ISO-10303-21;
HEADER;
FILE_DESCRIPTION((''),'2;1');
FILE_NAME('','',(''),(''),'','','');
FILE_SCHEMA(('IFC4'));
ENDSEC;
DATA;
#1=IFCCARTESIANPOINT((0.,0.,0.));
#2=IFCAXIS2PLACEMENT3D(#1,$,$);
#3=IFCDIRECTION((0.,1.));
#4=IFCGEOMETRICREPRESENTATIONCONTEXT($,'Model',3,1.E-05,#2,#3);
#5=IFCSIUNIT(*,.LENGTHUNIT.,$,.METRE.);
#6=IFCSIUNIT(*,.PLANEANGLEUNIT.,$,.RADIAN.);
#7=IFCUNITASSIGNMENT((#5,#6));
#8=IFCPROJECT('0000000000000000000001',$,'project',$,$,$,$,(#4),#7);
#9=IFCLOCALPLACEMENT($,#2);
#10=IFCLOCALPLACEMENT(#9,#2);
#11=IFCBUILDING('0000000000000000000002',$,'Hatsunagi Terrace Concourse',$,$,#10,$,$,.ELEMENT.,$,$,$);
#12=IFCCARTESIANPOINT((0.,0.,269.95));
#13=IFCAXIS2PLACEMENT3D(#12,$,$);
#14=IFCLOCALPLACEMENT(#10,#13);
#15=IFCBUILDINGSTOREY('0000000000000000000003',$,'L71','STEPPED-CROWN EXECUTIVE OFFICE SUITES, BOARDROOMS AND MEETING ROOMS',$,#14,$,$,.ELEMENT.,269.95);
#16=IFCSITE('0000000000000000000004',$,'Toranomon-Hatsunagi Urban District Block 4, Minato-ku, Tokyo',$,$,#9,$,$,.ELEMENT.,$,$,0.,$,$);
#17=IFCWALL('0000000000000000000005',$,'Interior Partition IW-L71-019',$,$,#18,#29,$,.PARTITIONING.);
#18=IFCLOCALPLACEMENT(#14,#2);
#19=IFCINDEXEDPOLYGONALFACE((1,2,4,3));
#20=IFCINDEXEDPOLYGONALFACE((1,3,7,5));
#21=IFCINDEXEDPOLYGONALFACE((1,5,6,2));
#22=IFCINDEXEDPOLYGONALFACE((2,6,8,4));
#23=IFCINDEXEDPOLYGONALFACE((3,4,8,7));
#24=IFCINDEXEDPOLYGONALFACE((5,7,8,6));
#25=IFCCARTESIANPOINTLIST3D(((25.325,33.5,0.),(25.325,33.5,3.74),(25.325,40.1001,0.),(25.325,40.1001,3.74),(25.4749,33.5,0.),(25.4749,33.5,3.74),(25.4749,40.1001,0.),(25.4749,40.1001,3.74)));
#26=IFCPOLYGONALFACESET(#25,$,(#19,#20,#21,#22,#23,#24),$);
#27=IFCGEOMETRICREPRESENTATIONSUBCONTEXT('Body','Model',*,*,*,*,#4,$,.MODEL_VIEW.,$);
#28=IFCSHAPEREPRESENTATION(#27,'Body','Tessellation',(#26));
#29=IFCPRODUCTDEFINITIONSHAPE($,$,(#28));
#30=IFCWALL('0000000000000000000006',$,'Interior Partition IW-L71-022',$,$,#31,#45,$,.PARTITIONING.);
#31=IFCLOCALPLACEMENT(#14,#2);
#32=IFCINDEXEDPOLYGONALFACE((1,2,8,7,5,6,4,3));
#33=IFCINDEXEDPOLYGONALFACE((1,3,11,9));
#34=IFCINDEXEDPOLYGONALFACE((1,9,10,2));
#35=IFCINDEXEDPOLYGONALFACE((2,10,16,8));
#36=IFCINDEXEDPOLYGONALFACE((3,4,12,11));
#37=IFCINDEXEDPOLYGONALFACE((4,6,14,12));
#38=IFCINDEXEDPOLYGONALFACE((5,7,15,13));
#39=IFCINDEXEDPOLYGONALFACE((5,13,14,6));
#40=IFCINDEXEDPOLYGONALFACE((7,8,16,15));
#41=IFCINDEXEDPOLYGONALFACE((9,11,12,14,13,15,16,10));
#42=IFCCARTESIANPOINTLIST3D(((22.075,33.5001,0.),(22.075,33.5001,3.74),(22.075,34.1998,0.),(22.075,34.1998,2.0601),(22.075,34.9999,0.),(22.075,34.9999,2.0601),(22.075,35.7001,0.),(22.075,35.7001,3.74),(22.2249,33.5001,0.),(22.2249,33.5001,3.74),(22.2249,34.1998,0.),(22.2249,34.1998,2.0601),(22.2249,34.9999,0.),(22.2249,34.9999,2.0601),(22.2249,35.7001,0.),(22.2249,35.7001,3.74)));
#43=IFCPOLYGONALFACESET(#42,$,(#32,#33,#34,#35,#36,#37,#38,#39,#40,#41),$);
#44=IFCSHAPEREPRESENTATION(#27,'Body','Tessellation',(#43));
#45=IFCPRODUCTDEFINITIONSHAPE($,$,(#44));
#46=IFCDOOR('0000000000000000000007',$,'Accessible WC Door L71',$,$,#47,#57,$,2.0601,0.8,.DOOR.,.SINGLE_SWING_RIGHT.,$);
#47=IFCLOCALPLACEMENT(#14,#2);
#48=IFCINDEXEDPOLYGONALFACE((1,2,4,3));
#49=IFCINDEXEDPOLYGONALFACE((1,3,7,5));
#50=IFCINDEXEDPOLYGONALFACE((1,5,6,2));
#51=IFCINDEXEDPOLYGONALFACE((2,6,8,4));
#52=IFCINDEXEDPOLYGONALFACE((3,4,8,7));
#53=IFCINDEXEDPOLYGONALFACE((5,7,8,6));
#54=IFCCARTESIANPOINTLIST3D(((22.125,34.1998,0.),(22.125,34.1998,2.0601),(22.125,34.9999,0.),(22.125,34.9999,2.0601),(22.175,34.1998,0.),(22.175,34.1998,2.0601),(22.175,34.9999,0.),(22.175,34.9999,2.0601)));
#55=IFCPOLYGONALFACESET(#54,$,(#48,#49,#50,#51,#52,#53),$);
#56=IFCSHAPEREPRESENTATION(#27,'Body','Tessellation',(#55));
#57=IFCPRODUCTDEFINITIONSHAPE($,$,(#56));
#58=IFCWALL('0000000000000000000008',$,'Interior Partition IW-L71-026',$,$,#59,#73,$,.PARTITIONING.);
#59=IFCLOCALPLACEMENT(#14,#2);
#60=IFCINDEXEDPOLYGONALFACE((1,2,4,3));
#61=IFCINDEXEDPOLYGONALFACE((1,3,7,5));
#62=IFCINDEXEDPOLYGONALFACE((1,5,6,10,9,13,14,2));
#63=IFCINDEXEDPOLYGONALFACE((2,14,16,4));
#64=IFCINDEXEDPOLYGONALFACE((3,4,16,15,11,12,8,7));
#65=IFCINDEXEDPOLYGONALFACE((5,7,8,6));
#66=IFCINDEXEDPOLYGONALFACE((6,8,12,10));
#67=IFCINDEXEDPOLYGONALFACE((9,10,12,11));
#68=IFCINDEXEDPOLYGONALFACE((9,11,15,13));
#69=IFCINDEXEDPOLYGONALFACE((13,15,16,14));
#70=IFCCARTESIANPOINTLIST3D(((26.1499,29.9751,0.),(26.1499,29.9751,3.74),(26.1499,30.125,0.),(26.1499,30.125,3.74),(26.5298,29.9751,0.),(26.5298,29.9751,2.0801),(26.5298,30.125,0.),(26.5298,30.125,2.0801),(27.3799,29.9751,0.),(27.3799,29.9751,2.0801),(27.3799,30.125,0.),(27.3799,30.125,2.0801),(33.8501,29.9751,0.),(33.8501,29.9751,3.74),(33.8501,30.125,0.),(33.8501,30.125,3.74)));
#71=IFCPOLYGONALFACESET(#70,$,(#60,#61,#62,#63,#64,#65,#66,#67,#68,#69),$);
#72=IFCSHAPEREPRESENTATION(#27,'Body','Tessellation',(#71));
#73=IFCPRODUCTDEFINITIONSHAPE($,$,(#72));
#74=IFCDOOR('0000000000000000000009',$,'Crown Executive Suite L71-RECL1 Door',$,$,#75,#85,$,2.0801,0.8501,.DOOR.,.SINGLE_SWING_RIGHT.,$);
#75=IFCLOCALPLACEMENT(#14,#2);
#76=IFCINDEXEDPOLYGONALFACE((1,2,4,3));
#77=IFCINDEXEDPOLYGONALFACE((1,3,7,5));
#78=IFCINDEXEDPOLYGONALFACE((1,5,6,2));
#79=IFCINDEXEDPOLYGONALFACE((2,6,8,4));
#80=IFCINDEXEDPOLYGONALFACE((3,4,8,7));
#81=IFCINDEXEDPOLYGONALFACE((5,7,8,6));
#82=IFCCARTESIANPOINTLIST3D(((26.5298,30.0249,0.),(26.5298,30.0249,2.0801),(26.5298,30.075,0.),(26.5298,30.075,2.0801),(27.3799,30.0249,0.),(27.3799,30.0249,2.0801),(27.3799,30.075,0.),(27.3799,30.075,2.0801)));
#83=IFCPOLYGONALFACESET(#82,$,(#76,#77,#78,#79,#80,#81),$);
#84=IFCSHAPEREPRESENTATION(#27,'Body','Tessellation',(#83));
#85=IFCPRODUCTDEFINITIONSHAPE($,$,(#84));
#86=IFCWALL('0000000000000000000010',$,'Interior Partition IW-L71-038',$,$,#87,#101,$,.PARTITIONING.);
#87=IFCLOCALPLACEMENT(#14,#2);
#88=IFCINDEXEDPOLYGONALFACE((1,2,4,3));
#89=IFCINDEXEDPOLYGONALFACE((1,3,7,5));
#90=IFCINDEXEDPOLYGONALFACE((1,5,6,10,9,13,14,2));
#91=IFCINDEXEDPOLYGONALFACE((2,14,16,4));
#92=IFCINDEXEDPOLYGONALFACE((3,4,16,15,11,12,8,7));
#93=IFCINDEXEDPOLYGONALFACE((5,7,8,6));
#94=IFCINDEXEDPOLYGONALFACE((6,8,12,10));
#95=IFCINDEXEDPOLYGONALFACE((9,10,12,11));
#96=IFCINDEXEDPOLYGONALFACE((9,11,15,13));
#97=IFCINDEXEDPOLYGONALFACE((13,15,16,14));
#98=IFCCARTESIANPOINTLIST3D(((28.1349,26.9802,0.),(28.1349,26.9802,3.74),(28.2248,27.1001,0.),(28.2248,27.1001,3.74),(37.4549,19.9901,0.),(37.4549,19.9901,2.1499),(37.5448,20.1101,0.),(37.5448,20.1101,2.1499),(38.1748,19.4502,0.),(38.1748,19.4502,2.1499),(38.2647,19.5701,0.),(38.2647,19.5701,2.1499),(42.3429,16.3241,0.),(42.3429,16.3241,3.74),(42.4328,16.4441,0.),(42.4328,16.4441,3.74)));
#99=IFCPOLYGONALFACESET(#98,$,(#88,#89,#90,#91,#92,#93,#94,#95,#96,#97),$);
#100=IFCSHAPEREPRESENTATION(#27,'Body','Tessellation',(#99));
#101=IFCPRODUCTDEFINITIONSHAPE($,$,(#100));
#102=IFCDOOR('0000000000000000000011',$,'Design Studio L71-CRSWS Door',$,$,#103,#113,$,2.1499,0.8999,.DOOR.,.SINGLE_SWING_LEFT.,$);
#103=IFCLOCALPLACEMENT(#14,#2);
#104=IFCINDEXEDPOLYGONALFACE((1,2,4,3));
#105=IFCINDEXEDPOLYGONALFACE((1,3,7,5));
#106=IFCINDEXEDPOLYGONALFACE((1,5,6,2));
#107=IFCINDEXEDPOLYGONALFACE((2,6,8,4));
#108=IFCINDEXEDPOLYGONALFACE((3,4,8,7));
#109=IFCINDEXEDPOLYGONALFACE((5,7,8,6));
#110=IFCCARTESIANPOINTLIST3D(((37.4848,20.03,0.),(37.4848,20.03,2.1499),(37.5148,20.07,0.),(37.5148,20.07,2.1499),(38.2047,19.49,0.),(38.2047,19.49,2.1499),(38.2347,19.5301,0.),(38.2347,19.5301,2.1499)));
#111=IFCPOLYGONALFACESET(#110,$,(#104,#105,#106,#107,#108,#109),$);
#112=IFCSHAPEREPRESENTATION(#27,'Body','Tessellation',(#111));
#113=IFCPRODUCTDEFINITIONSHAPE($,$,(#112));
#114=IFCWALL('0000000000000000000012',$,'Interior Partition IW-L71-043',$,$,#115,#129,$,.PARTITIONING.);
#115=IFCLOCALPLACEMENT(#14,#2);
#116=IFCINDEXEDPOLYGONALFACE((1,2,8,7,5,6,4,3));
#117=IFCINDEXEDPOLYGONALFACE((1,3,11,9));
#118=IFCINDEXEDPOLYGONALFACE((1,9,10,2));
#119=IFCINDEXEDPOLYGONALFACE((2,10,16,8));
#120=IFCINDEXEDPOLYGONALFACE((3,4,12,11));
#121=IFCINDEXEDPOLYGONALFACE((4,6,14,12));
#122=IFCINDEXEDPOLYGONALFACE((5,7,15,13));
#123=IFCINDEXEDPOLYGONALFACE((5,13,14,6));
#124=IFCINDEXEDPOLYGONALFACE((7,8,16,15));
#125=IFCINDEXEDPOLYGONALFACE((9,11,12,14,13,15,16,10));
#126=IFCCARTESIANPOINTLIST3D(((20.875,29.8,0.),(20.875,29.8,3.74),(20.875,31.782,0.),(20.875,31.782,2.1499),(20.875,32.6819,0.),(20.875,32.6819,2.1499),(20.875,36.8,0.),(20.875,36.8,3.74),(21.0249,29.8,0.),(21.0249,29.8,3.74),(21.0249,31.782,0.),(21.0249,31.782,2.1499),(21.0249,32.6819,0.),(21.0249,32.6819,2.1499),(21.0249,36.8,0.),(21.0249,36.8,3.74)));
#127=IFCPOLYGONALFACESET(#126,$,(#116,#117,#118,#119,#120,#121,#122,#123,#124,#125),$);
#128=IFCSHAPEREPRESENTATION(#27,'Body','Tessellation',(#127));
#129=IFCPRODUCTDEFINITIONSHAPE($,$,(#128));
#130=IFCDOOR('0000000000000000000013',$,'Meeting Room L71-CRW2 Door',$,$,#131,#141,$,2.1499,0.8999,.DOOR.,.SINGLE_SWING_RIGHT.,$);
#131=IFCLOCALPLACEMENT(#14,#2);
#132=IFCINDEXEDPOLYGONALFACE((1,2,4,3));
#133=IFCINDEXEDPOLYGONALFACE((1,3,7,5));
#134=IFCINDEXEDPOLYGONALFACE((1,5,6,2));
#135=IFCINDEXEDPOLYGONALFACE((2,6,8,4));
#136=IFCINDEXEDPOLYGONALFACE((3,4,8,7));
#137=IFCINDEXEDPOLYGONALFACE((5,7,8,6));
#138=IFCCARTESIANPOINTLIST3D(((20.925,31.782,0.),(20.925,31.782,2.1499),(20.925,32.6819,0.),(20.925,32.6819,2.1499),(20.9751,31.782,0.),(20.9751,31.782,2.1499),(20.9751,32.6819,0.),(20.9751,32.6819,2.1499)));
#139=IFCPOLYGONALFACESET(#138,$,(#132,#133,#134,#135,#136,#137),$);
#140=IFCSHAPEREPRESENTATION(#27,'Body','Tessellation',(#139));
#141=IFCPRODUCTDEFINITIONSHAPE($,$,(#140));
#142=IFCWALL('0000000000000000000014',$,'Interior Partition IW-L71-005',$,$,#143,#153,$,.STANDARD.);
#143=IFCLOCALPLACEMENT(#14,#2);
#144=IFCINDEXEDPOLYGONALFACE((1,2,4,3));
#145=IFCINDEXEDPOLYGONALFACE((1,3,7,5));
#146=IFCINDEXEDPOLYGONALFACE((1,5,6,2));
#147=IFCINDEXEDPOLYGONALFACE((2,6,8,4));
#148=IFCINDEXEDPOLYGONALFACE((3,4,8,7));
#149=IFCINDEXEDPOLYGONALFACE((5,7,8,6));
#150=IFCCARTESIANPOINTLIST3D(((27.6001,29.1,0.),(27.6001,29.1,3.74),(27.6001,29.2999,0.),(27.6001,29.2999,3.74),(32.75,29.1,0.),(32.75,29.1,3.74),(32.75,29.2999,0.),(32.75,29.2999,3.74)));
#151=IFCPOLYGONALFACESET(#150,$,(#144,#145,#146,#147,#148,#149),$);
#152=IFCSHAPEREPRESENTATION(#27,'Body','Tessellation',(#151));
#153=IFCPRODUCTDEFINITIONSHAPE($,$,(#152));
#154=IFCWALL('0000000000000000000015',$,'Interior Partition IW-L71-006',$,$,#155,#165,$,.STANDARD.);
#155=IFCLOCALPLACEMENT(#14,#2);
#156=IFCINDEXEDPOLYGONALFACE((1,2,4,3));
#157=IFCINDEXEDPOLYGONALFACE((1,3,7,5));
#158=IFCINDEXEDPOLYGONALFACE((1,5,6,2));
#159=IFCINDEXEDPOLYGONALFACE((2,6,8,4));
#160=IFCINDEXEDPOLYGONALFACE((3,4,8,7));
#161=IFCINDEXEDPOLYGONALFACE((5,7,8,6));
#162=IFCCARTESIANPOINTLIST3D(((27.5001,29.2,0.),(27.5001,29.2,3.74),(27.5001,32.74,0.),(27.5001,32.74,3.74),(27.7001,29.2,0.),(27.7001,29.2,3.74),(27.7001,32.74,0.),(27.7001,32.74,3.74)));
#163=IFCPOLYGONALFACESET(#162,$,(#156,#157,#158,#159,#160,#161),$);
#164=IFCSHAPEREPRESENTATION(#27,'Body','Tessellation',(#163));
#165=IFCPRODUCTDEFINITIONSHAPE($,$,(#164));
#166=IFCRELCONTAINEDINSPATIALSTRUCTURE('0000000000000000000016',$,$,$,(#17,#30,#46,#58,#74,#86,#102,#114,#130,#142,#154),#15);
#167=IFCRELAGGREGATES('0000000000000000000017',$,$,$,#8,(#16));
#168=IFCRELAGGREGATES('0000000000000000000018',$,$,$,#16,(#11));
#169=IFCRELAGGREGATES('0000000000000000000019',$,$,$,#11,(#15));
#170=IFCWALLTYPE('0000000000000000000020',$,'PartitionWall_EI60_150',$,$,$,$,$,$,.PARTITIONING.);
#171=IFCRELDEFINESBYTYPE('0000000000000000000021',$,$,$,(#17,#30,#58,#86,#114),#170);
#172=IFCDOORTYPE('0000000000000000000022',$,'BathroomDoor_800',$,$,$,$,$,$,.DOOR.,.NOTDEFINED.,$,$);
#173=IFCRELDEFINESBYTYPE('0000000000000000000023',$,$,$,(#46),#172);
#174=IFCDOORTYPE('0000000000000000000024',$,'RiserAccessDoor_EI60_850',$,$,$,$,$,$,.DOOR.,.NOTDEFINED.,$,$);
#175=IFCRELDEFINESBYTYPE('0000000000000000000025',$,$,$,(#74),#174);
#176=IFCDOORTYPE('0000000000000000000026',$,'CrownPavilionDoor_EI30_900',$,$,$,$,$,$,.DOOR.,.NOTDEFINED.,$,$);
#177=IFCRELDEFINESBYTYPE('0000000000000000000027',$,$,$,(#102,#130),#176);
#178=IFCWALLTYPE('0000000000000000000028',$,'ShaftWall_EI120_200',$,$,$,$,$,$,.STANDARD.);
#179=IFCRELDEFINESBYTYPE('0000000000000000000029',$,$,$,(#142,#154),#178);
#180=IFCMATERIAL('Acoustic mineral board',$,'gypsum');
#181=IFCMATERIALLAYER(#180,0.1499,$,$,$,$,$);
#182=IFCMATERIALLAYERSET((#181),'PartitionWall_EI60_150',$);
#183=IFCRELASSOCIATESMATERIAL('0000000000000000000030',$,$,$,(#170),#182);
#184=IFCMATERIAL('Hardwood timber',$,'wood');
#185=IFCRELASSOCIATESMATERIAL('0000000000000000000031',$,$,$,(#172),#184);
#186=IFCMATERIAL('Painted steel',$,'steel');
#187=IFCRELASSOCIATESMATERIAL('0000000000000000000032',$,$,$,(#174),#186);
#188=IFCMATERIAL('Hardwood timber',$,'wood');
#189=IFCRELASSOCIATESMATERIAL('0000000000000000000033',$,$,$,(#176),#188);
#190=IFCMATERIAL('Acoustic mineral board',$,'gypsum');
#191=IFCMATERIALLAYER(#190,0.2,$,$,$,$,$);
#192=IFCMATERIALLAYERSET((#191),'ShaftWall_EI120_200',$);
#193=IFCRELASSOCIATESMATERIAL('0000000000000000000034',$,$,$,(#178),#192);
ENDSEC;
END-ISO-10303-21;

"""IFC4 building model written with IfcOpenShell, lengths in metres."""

from ifc_helpers import new_model, si_unit, direction, frame, frame_2d, origin, place, context, subcontext, project, spatial, rectangle, extrude, material, layer, layer_set, type_object, element, fill, save


model = new_model("IFC4")

# Units and contexts
model_context = context("Model", 3, precision=1e-05, world=origin(), true_north=direction((0.0, 1.0)))
body_context = subcontext(model_context, "Body", "Model", "MODEL_VIEW")
ifc_project = project(units=[si_unit("LENGTHUNIT", "METRE"), si_unit("PLANEANGLEUNIT", "RADIAN")], contexts=[model_context])

# Site, building, storey
site_placement = place(None, origin())
site = spatial("IfcSite", under=ifc_project, at=site_placement, Name="Toranomon-Hatsunagi Urban District Block 4, Minato-ku, Tokyo", CompositionType="ELEMENT", RefElevation=0.0)
building_placement = place(site_placement, origin())
building = spatial("IfcBuilding", under=site, at=building_placement, Name="Hatsunagi Terrace Concourse", CompositionType="ELEMENT")
storey_placement = place(building_placement, frame((0.0, 0.0, 269.95)))
storey = spatial("IfcBuildingStorey", under=building, at=storey_placement, Name="L71", Description="STEPPED-CROWN EXECUTIVE OFFICE SUITES, BOARDROOMS AND MEETING ROOMS", CompositionType="ELEMENT", Elevation=269.95)

# Wall
ifc_material_1 = material(Name="Acoustic mineral board", Category="gypsum")
ifc_layer_1 = layer(ifc_material_1, 0.1499)
ifc_layer_set_1 = layer_set([ifc_layer_1], Name="PartitionWall_EI60_150")
wall_type_1 = type_object("IfcWallType", Name="PartitionWall_EI60_150", PredefinedType="PARTITIONING", material=ifc_layer_set_1)
wall_1_placement = place(storey_placement, frame((25.3999, 33.5, 0.0), z_axis=(0.0, 0.0, 1.0), x_axis=(0.0, 1.0, 0.0)))
element("IfcWall", 1, at=wall_1_placement, inside=storey, type_object=wall_type_1, Name="Interior Partition IW-L71-019", PredefinedType="PARTITIONING", context=body_context, shape_type="SweptSolid", body=[
    extrude(rectangle(XDim=6.6001, YDim=0.1499, at=frame_2d((3.3, 0.0))), origin(), (0.0, 0.0, 1.0), 3.74),
])

# Walls, openings, doors
wall_2_placement = place(storey_placement, frame((22.1499, 33.5, 0.0), z_axis=(0.0, 0.0, 1.0), x_axis=(0.0, 1.0, 0.0)))
wall_2 = element("IfcWall", 2, at=wall_2_placement, inside=storey, type_object=wall_type_1, Name="Interior Partition IW-L71-022", PredefinedType="PARTITIONING", context=body_context, shape_type="SweptSolid", body=[
    extrude(rectangle(XDim=2.2, YDim=0.1499, at=frame_2d((1.1001, 0.0))), origin(), (0.0, 0.0, 1.0), 3.74),
])
opening_1_placement = place(wall_2_placement, frame((0.7, 0.0, 0.0)))
opening_1 = element("IfcOpeningElement", 3, at=opening_1_placement, cuts=wall_2, PredefinedType="OPENING", context=body_context, shape_type="SweptSolid", body=[
    extrude(rectangle(XDim=0.8, YDim=2.0601, at=frame_2d((0.3999, 1.03))), frame((0.0, 0.085, 0.0), z_axis=(0.0, -1.0, 0.0), x_axis=(1.0, 0.0, 0.0)), (0.0, 0.0, 1.0), 0.1699),
])
ifc_material_2 = material(Name="Hardwood timber", Category="wood")
door_type_1 = type_object("IfcDoorType", Name="BathroomDoor_800", OperationType="NOTDEFINED", PredefinedType="DOOR", material=ifc_material_2)
door_1_placement = place(opening_1_placement, origin())
door_1 = element("IfcDoor", 4, at=door_1_placement, inside=storey, type_object=door_type_1, Name="Accessible WC Door L71", OperationType="SINGLE_SWING_RIGHT", OverallHeight=2.0601, OverallWidth=0.8, PredefinedType="DOOR", context=body_context, shape_type="SweptSolid", body=[
    extrude(rectangle(XDim=0.8, YDim=2.0601, at=frame_2d((0.3999, 1.03))), frame((0.0, 0.0249, 0.0), z_axis=(0.0, -1.0, 0.0), x_axis=(1.0, 0.0, 0.0)), (0.0, 0.0, 1.0), 0.05),
])
fill(opening_1, door_1)
wall_3_placement = place(storey_placement, frame((26.1499, 30.05, 0.0), z_axis=(0.0, 0.0, 1.0), x_axis=(1.0, 0.0, 0.0)))
wall_3 = element("IfcWall", 5, at=wall_3_placement, inside=storey, type_object=wall_type_1, Name="Interior Partition IW-L71-026", PredefinedType="PARTITIONING", context=body_context, shape_type="SweptSolid", body=[
    extrude(rectangle(XDim=7.7002, YDim=0.1499, at=frame_2d((3.8501, 0.0))), origin(), (0.0, 0.0, 1.0), 3.74),
])
opening_2_placement = place(wall_3_placement, frame((0.3799, 0.0, 0.0)))
opening_2 = element("IfcOpeningElement", 6, at=opening_2_placement, cuts=wall_3, PredefinedType="OPENING", context=body_context, shape_type="SweptSolid", body=[
    extrude(rectangle(XDim=0.8501, YDim=2.0801, at=frame_2d((0.425, 1.04))), frame((0.0, 0.085, 0.0), z_axis=(0.0, -1.0, 0.0), x_axis=(1.0, 0.0, 0.0)), (0.0, 0.0, 1.0), 0.1699),
])
ifc_material_3 = material(Name="Painted steel", Category="steel")
door_type_2 = type_object("IfcDoorType", Name="RiserAccessDoor_EI60_850", OperationType="NOTDEFINED", PredefinedType="DOOR", material=ifc_material_3)
door_2_placement = place(opening_2_placement, origin())
door_2 = element("IfcDoor", 7, at=door_2_placement, inside=storey, type_object=door_type_2, Name="Crown Executive Suite L71-RECL1 Door", OperationType="SINGLE_SWING_RIGHT", OverallHeight=2.0801, OverallWidth=0.8501, PredefinedType="DOOR", context=body_context, shape_type="SweptSolid", body=[
    extrude(rectangle(XDim=0.8501, YDim=2.0801, at=frame_2d((0.425, 1.04))), frame((0.0, 0.0249, 0.0), z_axis=(0.0, -1.0, 0.0), x_axis=(1.0, 0.0, 0.0)), (0.0, 0.0, 1.0), 0.05),
])
fill(opening_2, door_2)
wall_4_placement = place(storey_placement, frame((28.1799, 27.04, 0.0), z_axis=(0.0, 0.0, 1.0), x_axis=(0.8, -0.6, 0.0)))
wall_4 = element("IfcWall", 8, at=wall_4_placement, inside=storey, type_object=wall_type_1, Name="Interior Partition IW-L71-038", PredefinedType="PARTITIONING", context=body_context, shape_type="SweptSolid", body=[
    extrude(rectangle(XDim=17.76, YDim=0.1499, at=frame_2d((8.8799, 0.0))), origin(), (0.0, 0.0, 1.0), 3.74),
])
opening_3_placement = place(wall_4_placement, frame((11.6499, 0.0, 0.0)))
opening_3 = element("IfcOpeningElement", 9, at=opening_3_placement, cuts=wall_4, PredefinedType="OPENING", context=body_context, shape_type="SweptSolid", body=[
    extrude(rectangle(XDim=0.8999, YDim=2.1499, at=frame_2d((0.45, 1.075))), frame((0.0, 0.085, 0.0), z_axis=(0.0, -1.0, 0.0), x_axis=(1.0, 0.0, 0.0)), (0.0, 0.0, 1.0), 0.1699),
])
ifc_material_4 = material(Name="Hardwood timber", Category="wood")
door_type_3 = type_object("IfcDoorType", Name="CrownPavilionDoor_EI30_900", OperationType="NOTDEFINED", PredefinedType="DOOR", material=ifc_material_4)
door_3_placement = place(opening_3_placement, origin())
door_3 = element("IfcDoor", 10, at=door_3_placement, inside=storey, type_object=door_type_3, Name="Design Studio L71-CRSWS Door", OperationType="SINGLE_SWING_LEFT", OverallHeight=2.1499, OverallWidth=0.8999, PredefinedType="DOOR", context=body_context, shape_type="SweptSolid", body=[
    extrude(rectangle(XDim=0.8999, YDim=2.1499, at=frame_2d((0.45, 1.075))), frame((0.0, 0.0249, 0.0), z_axis=(0.0, -1.0, 0.0), x_axis=(1.0, 0.0, 0.0)), (0.0, 0.0, 1.0), 0.05),
])
fill(opening_3, door_3)
wall_5_placement = place(storey_placement, frame((20.95, 29.8, 0.0), z_axis=(0.0, 0.0, 1.0), x_axis=(0.0, 1.0, 0.0)))
wall_5 = element("IfcWall", 11, at=wall_5_placement, inside=storey, type_object=wall_type_1, Name="Interior Partition IW-L71-043", PredefinedType="PARTITIONING", context=body_context, shape_type="SweptSolid", body=[
    extrude(rectangle(XDim=7.0, YDim=0.1499, at=frame_2d((3.5, 0.0))), origin(), (0.0, 0.0, 1.0), 3.74),
])
opening_4_placement = place(wall_5_placement, frame((1.9819, 0.0, 0.0)))
opening_4 = element("IfcOpeningElement", 12, at=opening_4_placement, cuts=wall_5, PredefinedType="OPENING", context=body_context, shape_type="SweptSolid", body=[
    extrude(rectangle(XDim=0.8999, YDim=2.1499, at=frame_2d((0.45, 1.075))), frame((0.0, 0.085, 0.0), z_axis=(0.0, -1.0, 0.0), x_axis=(1.0, 0.0, 0.0)), (0.0, 0.0, 1.0), 0.1699),
])
door_4_placement = place(opening_4_placement, origin())
door_4 = element("IfcDoor", 13, at=door_4_placement, inside=storey, type_object=door_type_3, Name="Meeting Room L71-CRW2 Door", OperationType="SINGLE_SWING_RIGHT", OverallHeight=2.1499, OverallWidth=0.8999, PredefinedType="DOOR", context=body_context, shape_type="SweptSolid", body=[
    extrude(rectangle(XDim=0.8999, YDim=2.1499, at=frame_2d((0.45, 1.075))), frame((0.0, 0.0249, 0.0), z_axis=(0.0, -1.0, 0.0), x_axis=(1.0, 0.0, 0.0)), (0.0, 0.0, 1.0), 0.05),
])
fill(opening_4, door_4)

# Walls
ifc_material_5 = material(Name="Acoustic mineral board", Category="gypsum")
ifc_layer_2 = layer(ifc_material_5, 0.2)
ifc_layer_set_2 = layer_set([ifc_layer_2], Name="ShaftWall_EI120_200")
wall_type_2 = type_object("IfcWallType", Name="ShaftWall_EI120_200", PredefinedType="STANDARD", material=ifc_layer_set_2)
wall_6_placement = place(storey_placement, frame((27.6001, 29.2, 0.0), z_axis=(0.0, 0.0, 1.0), x_axis=(1.0, 0.0, 0.0)))
element("IfcWall", 14, at=wall_6_placement, inside=storey, type_object=wall_type_2, Name="Interior Partition IW-L71-005", PredefinedType="STANDARD", context=body_context, shape_type="SweptSolid", body=[
    extrude(rectangle(XDim=5.1499, YDim=0.2, at=frame_2d((2.575, 0.0))), origin(), (0.0, 0.0, 1.0), 3.74),
])
wall_7_placement = place(storey_placement, frame((27.6001, 29.2, 0.0), z_axis=(0.0, 0.0, 1.0), x_axis=(0.0, 1.0, 0.0)))
element("IfcWall", 15, at=wall_7_placement, inside=storey, type_object=wall_type_2, Name="Interior Partition IW-L71-006", PredefinedType="STANDARD", context=body_context, shape_type="SweptSolid", body=[
    extrude(rectangle(XDim=3.54, YDim=0.2, at=frame_2d((1.77, 0.0))), origin(), (0.0, 0.0, 1.0), 3.74),
])

save(model, "model.ifc")
